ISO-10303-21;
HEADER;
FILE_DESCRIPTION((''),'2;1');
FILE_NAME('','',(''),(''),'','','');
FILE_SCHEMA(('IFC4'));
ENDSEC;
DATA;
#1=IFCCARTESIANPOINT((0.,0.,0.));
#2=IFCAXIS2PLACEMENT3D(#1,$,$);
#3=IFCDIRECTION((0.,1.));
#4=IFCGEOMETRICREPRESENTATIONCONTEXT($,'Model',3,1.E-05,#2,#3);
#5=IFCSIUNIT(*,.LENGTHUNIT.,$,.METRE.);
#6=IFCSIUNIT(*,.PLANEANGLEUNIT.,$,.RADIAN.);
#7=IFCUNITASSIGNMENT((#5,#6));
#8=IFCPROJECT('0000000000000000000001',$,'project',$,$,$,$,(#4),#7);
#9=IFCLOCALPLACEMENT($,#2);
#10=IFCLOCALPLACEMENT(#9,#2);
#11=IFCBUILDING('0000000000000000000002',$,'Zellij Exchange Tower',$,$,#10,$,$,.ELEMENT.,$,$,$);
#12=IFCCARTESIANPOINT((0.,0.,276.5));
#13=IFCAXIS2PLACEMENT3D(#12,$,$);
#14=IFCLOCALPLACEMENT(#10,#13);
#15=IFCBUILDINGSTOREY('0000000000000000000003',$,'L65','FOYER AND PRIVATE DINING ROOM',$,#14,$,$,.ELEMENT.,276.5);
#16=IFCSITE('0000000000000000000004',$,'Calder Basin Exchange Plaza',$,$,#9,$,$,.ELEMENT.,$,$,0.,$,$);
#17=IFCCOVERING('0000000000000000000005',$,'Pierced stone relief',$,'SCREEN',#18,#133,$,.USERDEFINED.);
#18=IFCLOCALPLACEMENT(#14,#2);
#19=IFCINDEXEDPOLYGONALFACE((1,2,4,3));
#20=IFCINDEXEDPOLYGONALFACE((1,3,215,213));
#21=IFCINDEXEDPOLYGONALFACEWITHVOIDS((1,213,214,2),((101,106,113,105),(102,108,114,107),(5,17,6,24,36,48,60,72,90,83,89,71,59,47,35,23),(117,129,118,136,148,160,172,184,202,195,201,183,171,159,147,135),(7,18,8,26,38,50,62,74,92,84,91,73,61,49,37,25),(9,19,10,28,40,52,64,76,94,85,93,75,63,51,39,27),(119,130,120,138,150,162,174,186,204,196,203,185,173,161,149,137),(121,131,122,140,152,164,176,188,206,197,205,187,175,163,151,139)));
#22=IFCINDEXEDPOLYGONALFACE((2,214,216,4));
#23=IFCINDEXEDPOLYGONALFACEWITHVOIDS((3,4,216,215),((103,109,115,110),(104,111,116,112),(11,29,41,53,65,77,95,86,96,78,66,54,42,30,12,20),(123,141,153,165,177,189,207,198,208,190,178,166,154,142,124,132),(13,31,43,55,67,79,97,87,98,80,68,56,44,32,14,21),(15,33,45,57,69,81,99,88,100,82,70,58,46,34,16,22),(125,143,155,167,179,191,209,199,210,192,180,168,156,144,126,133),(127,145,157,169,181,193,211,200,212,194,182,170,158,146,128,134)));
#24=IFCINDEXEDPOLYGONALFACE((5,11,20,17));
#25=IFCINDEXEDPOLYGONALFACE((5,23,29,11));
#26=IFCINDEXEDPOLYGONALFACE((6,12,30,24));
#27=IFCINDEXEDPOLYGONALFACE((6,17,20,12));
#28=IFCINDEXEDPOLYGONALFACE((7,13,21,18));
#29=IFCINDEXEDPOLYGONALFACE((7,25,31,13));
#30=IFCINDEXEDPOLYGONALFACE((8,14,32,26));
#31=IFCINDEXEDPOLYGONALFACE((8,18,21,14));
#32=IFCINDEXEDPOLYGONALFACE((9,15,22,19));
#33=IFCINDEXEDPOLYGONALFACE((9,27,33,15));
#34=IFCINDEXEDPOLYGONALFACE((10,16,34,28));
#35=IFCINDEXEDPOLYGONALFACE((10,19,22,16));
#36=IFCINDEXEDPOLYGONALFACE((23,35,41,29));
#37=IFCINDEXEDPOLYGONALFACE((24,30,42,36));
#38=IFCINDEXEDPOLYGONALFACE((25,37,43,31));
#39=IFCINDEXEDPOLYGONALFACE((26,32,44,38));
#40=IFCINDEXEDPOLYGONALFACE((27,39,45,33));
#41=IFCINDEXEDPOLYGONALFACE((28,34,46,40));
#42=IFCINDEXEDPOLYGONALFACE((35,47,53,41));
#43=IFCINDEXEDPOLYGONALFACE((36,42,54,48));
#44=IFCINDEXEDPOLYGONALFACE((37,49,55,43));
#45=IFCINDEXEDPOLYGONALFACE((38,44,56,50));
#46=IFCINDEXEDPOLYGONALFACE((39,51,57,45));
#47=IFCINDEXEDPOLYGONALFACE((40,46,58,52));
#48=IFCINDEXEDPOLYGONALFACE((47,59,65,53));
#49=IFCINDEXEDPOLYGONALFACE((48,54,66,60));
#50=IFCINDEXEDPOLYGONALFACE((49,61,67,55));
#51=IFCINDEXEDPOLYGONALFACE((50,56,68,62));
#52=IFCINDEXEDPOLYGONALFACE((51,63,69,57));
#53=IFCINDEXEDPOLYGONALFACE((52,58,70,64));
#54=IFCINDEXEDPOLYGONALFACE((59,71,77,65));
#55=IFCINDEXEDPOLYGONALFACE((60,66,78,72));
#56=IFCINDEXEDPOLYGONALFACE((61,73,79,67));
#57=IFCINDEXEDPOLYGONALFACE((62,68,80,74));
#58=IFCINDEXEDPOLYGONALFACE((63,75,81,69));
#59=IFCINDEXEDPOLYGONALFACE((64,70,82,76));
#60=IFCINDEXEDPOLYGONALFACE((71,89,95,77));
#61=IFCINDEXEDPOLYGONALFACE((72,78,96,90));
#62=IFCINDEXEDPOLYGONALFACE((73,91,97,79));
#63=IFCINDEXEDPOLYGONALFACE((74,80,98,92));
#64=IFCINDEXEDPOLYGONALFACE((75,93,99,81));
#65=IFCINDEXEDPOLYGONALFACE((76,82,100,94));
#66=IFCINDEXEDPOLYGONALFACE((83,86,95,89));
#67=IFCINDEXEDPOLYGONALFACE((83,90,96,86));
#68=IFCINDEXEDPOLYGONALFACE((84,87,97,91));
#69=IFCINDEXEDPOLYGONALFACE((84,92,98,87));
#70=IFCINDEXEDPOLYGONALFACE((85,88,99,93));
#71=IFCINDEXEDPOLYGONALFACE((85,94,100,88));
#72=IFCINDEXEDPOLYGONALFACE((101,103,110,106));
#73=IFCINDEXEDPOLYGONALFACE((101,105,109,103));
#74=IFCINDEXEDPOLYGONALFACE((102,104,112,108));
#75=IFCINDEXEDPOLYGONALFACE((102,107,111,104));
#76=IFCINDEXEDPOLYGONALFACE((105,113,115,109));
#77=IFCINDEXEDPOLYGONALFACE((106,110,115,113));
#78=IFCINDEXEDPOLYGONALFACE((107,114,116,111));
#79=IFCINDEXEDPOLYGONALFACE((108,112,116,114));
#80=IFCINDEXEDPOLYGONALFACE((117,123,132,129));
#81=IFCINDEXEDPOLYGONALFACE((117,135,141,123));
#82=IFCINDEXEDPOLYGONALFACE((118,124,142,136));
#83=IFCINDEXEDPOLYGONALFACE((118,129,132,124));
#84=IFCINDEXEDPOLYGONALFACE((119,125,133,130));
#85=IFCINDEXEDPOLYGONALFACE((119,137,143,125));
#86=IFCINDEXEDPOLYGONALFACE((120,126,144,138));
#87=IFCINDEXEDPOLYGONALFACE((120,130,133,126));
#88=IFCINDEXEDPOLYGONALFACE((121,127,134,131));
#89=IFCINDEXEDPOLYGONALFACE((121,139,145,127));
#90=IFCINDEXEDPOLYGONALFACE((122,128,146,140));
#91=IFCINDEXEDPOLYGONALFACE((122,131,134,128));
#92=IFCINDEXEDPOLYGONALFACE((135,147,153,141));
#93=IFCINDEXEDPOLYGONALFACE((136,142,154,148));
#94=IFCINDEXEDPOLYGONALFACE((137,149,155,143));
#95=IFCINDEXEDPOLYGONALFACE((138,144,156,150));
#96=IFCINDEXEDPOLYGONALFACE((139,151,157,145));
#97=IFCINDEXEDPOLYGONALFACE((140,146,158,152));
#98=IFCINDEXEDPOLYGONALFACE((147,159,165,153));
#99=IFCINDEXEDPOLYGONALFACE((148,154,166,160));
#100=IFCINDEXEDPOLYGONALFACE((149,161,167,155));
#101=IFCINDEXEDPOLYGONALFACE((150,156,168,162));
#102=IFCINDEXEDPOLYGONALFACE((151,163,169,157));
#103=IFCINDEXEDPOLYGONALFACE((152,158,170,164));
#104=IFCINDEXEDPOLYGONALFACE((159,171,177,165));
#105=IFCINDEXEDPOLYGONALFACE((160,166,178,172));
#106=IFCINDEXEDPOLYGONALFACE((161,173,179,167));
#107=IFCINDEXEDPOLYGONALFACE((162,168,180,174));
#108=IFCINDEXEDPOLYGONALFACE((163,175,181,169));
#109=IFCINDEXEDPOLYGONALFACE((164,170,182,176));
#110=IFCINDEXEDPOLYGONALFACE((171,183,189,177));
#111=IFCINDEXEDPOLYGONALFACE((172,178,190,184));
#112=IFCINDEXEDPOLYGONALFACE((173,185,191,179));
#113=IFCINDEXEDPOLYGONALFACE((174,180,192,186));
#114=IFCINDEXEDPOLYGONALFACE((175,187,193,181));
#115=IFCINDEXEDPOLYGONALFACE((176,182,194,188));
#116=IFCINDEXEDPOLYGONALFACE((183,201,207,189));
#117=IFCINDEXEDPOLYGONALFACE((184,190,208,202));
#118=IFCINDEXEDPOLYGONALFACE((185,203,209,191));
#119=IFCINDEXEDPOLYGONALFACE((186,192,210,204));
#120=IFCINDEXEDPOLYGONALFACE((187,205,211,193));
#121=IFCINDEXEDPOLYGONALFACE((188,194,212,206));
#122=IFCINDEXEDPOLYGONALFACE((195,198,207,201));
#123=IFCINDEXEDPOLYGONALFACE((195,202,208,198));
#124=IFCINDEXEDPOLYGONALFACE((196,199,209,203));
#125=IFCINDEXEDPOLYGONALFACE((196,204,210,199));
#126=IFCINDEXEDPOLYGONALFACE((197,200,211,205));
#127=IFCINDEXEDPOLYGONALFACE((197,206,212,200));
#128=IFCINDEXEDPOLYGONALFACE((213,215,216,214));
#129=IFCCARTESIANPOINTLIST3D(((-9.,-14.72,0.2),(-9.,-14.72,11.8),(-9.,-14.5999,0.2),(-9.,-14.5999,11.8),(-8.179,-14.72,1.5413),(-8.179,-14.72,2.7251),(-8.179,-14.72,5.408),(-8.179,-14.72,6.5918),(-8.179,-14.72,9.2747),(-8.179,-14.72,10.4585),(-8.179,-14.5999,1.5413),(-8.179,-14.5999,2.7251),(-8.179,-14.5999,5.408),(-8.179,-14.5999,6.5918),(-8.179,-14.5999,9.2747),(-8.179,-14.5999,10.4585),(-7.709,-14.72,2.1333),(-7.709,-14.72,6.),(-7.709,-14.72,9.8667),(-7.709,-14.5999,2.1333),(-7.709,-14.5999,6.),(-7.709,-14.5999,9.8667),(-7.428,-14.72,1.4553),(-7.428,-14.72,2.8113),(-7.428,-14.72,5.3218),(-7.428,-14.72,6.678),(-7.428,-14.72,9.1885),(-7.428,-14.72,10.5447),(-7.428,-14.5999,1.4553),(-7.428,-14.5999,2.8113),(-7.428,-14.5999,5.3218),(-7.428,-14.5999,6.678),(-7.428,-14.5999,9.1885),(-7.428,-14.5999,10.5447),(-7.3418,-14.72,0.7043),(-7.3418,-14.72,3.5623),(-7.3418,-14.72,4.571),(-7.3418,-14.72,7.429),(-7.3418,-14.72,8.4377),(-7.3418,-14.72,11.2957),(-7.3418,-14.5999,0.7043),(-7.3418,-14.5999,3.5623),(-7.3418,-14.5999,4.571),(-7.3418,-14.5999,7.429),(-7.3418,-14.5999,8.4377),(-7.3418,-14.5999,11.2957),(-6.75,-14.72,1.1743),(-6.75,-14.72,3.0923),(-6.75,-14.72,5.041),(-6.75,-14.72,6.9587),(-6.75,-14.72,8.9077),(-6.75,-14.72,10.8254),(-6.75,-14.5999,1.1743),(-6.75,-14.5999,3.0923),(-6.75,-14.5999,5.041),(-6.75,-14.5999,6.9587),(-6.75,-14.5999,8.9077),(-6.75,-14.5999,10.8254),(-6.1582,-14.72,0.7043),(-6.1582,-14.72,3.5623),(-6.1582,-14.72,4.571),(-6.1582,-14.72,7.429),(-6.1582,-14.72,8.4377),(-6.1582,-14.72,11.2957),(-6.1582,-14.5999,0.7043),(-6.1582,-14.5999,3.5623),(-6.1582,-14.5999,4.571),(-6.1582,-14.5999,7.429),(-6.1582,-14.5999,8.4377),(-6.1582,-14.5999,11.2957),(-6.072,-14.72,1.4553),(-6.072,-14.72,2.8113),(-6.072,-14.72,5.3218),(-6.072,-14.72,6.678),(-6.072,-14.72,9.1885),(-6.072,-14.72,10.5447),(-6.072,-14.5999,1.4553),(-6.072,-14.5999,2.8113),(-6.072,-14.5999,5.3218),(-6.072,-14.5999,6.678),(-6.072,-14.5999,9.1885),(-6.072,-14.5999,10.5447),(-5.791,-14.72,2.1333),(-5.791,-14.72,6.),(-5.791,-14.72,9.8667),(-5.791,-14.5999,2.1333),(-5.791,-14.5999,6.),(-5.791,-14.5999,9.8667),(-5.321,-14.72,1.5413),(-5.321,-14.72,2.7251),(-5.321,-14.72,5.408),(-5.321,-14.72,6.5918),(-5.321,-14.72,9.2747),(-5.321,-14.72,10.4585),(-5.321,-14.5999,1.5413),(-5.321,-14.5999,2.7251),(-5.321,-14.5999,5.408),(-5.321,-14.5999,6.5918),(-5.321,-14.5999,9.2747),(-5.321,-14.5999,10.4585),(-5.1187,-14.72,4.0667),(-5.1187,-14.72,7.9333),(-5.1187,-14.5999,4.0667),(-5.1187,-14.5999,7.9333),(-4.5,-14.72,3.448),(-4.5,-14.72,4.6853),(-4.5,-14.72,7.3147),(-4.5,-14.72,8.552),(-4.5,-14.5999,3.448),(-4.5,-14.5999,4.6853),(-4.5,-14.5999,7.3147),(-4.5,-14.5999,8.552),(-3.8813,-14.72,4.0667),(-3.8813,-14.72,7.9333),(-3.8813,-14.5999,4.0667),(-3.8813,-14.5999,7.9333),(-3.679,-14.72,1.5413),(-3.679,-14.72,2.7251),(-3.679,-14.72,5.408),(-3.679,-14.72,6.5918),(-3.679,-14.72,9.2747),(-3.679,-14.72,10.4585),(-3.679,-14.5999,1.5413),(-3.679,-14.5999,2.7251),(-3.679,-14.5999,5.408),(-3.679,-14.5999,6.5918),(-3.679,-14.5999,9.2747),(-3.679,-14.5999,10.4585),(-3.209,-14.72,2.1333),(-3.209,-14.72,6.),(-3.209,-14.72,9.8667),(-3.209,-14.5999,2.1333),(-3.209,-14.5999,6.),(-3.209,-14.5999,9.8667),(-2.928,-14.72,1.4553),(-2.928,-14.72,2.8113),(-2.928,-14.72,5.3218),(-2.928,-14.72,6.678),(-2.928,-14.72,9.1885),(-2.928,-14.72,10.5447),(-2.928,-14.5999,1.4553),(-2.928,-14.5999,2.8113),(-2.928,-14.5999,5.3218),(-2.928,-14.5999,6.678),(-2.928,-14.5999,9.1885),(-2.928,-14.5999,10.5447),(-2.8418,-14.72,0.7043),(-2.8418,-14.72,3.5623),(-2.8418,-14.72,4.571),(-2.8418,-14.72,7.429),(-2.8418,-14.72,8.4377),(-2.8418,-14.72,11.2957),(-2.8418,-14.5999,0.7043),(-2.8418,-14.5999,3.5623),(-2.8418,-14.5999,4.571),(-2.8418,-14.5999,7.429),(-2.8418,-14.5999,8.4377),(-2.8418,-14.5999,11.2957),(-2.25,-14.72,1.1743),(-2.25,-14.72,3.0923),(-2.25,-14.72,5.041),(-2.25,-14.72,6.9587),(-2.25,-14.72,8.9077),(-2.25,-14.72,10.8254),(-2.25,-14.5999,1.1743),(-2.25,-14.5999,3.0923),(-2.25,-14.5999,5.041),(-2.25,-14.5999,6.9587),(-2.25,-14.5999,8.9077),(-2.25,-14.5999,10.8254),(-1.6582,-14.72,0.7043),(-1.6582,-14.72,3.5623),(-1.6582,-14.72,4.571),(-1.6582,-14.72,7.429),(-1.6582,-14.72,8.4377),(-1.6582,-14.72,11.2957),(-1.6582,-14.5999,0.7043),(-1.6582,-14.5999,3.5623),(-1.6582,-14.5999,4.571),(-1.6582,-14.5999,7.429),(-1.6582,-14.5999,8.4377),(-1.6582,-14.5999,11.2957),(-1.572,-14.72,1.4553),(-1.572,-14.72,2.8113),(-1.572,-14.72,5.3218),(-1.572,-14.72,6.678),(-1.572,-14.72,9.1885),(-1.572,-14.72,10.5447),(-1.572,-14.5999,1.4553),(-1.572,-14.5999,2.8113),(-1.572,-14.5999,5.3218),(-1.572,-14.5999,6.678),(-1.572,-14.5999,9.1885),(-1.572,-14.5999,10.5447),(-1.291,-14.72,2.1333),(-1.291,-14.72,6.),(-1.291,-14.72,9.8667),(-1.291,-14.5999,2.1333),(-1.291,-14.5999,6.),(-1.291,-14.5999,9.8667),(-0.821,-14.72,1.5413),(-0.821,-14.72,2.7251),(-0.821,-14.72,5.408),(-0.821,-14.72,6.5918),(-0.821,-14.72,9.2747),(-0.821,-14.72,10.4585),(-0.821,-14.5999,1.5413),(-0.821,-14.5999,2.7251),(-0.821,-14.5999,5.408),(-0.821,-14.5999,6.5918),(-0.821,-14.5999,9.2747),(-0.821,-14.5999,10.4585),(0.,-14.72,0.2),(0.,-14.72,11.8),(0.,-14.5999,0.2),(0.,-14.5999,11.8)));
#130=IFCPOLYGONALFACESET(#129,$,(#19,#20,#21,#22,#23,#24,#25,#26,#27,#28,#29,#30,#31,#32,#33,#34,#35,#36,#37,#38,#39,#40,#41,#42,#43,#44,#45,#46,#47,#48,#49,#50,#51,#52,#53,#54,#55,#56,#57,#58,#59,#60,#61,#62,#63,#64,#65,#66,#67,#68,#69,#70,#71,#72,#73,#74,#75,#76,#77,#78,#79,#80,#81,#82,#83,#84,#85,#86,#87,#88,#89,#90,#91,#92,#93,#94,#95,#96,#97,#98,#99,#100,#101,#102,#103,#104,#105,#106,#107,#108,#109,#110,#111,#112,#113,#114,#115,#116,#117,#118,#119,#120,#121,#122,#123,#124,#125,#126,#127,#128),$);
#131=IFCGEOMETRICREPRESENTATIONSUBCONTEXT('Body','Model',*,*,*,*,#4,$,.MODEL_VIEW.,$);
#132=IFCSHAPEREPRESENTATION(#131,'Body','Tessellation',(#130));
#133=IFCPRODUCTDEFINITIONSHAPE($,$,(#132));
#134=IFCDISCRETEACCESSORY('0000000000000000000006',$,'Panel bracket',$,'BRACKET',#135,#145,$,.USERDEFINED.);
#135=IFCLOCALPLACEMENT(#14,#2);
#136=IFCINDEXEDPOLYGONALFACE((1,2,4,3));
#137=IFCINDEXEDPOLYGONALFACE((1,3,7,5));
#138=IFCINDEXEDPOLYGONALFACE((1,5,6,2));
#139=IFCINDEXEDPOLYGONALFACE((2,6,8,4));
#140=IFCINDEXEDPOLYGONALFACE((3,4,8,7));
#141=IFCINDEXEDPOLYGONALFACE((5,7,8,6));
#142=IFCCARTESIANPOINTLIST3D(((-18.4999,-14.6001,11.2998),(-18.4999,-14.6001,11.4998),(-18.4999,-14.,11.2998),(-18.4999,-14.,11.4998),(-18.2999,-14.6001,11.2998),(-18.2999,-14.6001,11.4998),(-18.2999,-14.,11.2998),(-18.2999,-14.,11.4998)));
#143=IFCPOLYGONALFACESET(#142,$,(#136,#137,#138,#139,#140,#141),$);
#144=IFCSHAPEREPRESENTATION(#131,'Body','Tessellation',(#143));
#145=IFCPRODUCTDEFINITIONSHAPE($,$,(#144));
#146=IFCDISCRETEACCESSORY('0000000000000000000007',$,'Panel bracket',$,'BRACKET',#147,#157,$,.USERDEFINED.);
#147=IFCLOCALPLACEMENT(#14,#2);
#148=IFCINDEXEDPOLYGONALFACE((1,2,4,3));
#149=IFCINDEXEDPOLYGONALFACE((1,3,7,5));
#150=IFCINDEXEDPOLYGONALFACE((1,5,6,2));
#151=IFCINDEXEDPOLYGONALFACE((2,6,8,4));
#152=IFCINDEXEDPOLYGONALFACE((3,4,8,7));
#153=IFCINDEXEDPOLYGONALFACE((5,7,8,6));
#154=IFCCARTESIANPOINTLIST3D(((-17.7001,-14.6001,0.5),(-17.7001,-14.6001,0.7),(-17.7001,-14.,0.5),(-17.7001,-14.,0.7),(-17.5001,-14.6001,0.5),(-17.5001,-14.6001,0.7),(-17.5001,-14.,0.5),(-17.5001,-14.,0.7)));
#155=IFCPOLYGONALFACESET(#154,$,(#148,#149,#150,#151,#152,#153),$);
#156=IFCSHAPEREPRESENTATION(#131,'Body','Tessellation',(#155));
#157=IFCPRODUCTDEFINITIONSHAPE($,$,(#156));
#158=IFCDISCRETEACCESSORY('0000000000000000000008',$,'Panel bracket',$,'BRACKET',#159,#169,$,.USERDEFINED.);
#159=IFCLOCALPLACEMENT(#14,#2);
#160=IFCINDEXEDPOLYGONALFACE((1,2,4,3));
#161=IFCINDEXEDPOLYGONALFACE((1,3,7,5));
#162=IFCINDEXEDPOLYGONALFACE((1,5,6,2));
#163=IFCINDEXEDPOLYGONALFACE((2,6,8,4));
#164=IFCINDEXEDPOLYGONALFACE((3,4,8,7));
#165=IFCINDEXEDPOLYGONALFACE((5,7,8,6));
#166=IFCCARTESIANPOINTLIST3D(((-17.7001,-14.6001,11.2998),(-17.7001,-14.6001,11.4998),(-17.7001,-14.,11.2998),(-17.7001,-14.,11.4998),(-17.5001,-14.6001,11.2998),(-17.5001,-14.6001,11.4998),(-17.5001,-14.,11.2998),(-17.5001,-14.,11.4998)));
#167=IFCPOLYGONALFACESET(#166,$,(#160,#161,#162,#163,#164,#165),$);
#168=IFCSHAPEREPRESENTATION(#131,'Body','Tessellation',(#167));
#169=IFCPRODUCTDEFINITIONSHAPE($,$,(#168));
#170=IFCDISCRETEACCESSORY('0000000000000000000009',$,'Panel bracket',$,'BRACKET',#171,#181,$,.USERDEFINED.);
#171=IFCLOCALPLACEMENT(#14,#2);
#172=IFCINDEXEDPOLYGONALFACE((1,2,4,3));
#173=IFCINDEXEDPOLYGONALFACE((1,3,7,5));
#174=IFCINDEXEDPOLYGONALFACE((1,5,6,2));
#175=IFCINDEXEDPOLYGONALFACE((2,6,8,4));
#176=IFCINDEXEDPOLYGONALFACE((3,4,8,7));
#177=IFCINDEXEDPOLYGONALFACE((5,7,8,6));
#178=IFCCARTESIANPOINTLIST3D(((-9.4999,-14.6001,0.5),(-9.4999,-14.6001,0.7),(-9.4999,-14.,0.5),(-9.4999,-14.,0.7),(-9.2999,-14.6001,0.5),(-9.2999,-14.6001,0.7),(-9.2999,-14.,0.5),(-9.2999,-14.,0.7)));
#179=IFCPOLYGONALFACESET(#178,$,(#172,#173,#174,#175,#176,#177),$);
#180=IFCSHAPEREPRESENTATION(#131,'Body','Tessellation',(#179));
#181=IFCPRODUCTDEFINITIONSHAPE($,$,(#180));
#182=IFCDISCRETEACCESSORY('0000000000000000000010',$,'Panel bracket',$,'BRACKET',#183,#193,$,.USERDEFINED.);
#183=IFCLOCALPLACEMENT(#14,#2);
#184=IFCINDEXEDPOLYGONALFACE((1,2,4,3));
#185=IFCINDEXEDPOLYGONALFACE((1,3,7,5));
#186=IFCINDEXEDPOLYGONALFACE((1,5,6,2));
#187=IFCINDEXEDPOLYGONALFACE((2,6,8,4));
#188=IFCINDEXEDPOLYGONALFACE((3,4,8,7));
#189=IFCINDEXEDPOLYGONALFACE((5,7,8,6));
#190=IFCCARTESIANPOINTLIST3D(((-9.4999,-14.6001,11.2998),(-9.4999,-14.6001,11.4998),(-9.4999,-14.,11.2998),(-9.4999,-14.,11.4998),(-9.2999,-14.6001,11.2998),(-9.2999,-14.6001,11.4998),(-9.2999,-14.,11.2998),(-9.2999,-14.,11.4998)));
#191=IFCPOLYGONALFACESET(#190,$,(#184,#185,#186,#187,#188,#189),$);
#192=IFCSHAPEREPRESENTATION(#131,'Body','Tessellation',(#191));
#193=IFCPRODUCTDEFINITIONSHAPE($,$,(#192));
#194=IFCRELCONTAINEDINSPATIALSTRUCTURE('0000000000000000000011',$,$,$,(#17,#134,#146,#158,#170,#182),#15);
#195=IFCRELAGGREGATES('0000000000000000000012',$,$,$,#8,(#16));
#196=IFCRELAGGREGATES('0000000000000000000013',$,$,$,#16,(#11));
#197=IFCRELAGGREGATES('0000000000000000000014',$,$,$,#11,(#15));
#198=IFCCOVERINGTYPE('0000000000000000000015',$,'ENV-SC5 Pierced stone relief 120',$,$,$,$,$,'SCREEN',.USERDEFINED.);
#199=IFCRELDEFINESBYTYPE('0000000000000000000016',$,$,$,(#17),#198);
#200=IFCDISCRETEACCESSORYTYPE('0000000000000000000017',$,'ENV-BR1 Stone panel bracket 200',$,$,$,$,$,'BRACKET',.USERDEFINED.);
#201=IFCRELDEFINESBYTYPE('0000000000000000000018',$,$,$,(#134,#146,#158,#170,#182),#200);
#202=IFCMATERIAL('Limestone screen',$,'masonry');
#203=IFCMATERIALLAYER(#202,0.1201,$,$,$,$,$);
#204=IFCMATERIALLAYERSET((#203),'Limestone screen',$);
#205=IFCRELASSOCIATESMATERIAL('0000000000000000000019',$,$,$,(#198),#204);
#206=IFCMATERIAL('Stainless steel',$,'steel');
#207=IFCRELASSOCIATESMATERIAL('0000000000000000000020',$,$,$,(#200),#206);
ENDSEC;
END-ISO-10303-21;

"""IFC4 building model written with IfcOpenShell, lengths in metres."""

from ifc_helpers import new_model, si_unit, direction, frame, origin, origin_2d, place, context, subcontext, project, spatial, polyline, rectangle, outline, extrude, material, layer, layer_set, type_object, element, save


model = new_model("IFC4")

# Units and contexts
model_context = context("Model", 3, precision=1e-05, world=origin(), true_north=direction((0.0, 1.0)))
body_context = subcontext(model_context, "Body", "Model", "MODEL_VIEW")
ifc_project = project(units=[si_unit("LENGTHUNIT", "METRE"), si_unit("PLANEANGLEUNIT", "RADIAN")], contexts=[model_context])

# Site, building, storey
site_placement = place(None, origin())
site = spatial("IfcSite", under=ifc_project, at=site_placement, Name="Calder Basin Exchange Plaza", CompositionType="ELEMENT", RefElevation=0.0)
building_placement = place(site_placement, origin())
building = spatial("IfcBuilding", under=site, at=building_placement, Name="Zellij Exchange Tower", CompositionType="ELEMENT")
storey_placement = place(building_placement, frame((0.0, 0.0, 276.5)))
storey = spatial("IfcBuildingStorey", under=building, at=storey_placement, Name="L65", Description="FOYER AND PRIVATE DINING ROOM", CompositionType="ELEMENT", Elevation=276.5)

# Covering
ifc_material_1 = material(Name="Limestone screen", Category="masonry")
ifc_layer_1 = layer(ifc_material_1, 0.1201)
ifc_layer_set_1 = layer_set([ifc_layer_1], Name="Limestone screen")
covering_type = type_object("IfcCoveringType", Name="ENV-SC5 Pierced stone relief 120", ElementType="SCREEN", PredefinedType="USERDEFINED", material=ifc_layer_set_1)
covering_1_placement = place(storey_placement, frame((-9.0, -14.6599, 0.2), z_axis=(0.0, 0.0, 1.0), x_axis=(1.0, 0.0, 0.0)))
element("IfcCovering", 1, at=covering_1_placement, inside=storey, type_object=covering_type, Name="Pierced stone relief", ObjectType="SCREEN", PredefinedType="USERDEFINED", context=body_context, shape_type="SweptSolid", body=[
    extrude(outline(polyline([(0.0, 0.0), (9.0, 0.0), (9.0, 11.6001), (0.0, 11.6001), (0.0, 0.0)]), holes=[polyline([(3.679, 2.5251), (2.928, 2.6113), (2.8418, 3.3623), (2.25, 2.8923), (1.6582, 3.3623), (1.572, 2.6113), (0.821, 2.5251), (1.291, 1.9333), (0.821, 1.3413), (1.572, 1.2554), (1.6582, 0.5044), (2.25, 0.9744), (2.8418, 0.5044), (2.928, 1.2554), (3.679, 1.3413), (3.209, 1.9333), (3.679, 2.5251)]), polyline([(3.679, 6.3918), (2.928, 6.478), (2.8418, 7.229), (2.25, 6.7588), (1.6582, 7.229), (1.572, 6.478), (0.821, 6.3918), (1.291, 5.8), (0.821, 5.208), (1.572, 5.1218), (1.6582, 4.3711), (2.25, 4.8411), (2.8418, 4.3711), (2.928, 5.1218), (3.679, 5.208), (3.209, 5.8), (3.679, 6.3918)]), polyline([(3.679, 10.2585), (2.928, 10.3447), (2.8418, 11.0957), (2.25, 10.6255), (1.6582, 11.0957), (1.572, 10.3447), (0.821, 10.2585), (1.291, 9.6667), (0.821, 9.0747), (1.572, 8.9885), (1.6582, 8.2378), (2.25, 8.7078), (2.8418, 8.2378), (2.928, 8.9885), (3.679, 9.0747), (3.209, 9.6667), (3.679, 10.2585)]), polyline([(8.179, 2.5251), (7.428, 2.6113), (7.3418, 3.3623), (6.75, 2.8923), (6.1582, 3.3623), (6.072, 2.6113), (5.321, 2.5251), (5.791, 1.9333), (5.321, 1.3413), (6.072, 1.2554), (6.1582, 0.5044), (6.75, 0.9744), (7.3418, 0.5044), (7.428, 1.2554), (8.179, 1.3413), (7.709, 1.9333), (8.179, 2.5251)]), polyline([(8.179, 6.3918), (7.428, 6.478), (7.3418, 7.229), (6.75, 6.7588), (6.1582, 7.229), (6.072, 6.478), (5.321, 6.3918), (5.791, 5.8), (5.321, 5.208), (6.072, 5.1218), (6.1582, 4.3711), (6.75, 4.8411), (7.3418, 4.3711), (7.428, 5.1218), (8.179, 5.208), (7.709, 5.8), (8.179, 6.3918)]), polyline([(8.179, 10.2585), (7.428, 10.3447), (7.3418, 11.0957), (6.75, 10.6255), (6.1582, 11.0957), (6.072, 10.3447), (5.321, 10.2585), (5.791, 9.6667), (5.321, 9.0747), (6.072, 8.9885), (6.1582, 8.2378), (6.75, 8.7078), (7.3418, 8.2378), (7.428, 8.9885), (8.179, 9.0747), (7.709, 9.6667), (8.179, 10.2585)]), polyline([(5.1187, 3.8667), (4.5, 4.4854), (3.8813, 3.8667), (4.5, 3.248), (5.1187, 3.8667)]), polyline([(5.1187, 7.7334), (4.5, 8.3521), (3.8813, 7.7334), (4.5, 7.1147), (5.1187, 7.7334)])]), frame((0.0, 0.0601, 0.0), z_axis=(0.0, -1.0, 0.0), x_axis=(1.0, 0.0, 0.0)), (0.0, 0.0, 1.0), 0.1201),
])

# Discrete accessories
ifc_material_2 = material(Name="Stainless steel", Category="steel")
discrete_accessory_type = type_object("IfcDiscreteAccessoryType", Name="ENV-BR1 Stone panel bracket 200", ElementType="BRACKET", PredefinedType="USERDEFINED", material=ifc_material_2)
for number, where, z_axis, x_axis, name in (
    (2, (-18.3999, -14.3, 11.2998), (0.0, 0.0, 1.0), (1.0, 0.0, 0.0), "Panel bracket"),
    (3, (-17.6001, -14.3, 0.5), (0.0, 0.0, 1.0), (1.0, 0.0, 0.0), "Panel bracket"),
    (4, (-17.6001, -14.3, 11.2998), (0.0, 0.0, 1.0), (1.0, 0.0, 0.0), "Panel bracket"),
    (5, (-9.3999, -14.3, 0.5), (0.0, 0.0, 1.0), (1.0, 0.0, 0.0), "Panel bracket"),
    (6, (-9.3999, -14.3, 11.2998), (0.0, 0.0, 1.0), (1.0, 0.0, 0.0), "Panel bracket"),
):
    element("IfcDiscreteAccessory", number, at=place(storey_placement, frame(where, z_axis=z_axis, x_axis=x_axis)), inside=storey, type_object=discrete_accessory_type, Name=name, ObjectType="BRACKET", PredefinedType="USERDEFINED", context=body_context, shape_type="SweptSolid", body=[
        extrude(rectangle(XDim=0.2, YDim=0.6001, at=origin_2d()), origin(), (0.0, 0.0, 1.0), 0.2),
    ])

save(model, "model.ifc")
